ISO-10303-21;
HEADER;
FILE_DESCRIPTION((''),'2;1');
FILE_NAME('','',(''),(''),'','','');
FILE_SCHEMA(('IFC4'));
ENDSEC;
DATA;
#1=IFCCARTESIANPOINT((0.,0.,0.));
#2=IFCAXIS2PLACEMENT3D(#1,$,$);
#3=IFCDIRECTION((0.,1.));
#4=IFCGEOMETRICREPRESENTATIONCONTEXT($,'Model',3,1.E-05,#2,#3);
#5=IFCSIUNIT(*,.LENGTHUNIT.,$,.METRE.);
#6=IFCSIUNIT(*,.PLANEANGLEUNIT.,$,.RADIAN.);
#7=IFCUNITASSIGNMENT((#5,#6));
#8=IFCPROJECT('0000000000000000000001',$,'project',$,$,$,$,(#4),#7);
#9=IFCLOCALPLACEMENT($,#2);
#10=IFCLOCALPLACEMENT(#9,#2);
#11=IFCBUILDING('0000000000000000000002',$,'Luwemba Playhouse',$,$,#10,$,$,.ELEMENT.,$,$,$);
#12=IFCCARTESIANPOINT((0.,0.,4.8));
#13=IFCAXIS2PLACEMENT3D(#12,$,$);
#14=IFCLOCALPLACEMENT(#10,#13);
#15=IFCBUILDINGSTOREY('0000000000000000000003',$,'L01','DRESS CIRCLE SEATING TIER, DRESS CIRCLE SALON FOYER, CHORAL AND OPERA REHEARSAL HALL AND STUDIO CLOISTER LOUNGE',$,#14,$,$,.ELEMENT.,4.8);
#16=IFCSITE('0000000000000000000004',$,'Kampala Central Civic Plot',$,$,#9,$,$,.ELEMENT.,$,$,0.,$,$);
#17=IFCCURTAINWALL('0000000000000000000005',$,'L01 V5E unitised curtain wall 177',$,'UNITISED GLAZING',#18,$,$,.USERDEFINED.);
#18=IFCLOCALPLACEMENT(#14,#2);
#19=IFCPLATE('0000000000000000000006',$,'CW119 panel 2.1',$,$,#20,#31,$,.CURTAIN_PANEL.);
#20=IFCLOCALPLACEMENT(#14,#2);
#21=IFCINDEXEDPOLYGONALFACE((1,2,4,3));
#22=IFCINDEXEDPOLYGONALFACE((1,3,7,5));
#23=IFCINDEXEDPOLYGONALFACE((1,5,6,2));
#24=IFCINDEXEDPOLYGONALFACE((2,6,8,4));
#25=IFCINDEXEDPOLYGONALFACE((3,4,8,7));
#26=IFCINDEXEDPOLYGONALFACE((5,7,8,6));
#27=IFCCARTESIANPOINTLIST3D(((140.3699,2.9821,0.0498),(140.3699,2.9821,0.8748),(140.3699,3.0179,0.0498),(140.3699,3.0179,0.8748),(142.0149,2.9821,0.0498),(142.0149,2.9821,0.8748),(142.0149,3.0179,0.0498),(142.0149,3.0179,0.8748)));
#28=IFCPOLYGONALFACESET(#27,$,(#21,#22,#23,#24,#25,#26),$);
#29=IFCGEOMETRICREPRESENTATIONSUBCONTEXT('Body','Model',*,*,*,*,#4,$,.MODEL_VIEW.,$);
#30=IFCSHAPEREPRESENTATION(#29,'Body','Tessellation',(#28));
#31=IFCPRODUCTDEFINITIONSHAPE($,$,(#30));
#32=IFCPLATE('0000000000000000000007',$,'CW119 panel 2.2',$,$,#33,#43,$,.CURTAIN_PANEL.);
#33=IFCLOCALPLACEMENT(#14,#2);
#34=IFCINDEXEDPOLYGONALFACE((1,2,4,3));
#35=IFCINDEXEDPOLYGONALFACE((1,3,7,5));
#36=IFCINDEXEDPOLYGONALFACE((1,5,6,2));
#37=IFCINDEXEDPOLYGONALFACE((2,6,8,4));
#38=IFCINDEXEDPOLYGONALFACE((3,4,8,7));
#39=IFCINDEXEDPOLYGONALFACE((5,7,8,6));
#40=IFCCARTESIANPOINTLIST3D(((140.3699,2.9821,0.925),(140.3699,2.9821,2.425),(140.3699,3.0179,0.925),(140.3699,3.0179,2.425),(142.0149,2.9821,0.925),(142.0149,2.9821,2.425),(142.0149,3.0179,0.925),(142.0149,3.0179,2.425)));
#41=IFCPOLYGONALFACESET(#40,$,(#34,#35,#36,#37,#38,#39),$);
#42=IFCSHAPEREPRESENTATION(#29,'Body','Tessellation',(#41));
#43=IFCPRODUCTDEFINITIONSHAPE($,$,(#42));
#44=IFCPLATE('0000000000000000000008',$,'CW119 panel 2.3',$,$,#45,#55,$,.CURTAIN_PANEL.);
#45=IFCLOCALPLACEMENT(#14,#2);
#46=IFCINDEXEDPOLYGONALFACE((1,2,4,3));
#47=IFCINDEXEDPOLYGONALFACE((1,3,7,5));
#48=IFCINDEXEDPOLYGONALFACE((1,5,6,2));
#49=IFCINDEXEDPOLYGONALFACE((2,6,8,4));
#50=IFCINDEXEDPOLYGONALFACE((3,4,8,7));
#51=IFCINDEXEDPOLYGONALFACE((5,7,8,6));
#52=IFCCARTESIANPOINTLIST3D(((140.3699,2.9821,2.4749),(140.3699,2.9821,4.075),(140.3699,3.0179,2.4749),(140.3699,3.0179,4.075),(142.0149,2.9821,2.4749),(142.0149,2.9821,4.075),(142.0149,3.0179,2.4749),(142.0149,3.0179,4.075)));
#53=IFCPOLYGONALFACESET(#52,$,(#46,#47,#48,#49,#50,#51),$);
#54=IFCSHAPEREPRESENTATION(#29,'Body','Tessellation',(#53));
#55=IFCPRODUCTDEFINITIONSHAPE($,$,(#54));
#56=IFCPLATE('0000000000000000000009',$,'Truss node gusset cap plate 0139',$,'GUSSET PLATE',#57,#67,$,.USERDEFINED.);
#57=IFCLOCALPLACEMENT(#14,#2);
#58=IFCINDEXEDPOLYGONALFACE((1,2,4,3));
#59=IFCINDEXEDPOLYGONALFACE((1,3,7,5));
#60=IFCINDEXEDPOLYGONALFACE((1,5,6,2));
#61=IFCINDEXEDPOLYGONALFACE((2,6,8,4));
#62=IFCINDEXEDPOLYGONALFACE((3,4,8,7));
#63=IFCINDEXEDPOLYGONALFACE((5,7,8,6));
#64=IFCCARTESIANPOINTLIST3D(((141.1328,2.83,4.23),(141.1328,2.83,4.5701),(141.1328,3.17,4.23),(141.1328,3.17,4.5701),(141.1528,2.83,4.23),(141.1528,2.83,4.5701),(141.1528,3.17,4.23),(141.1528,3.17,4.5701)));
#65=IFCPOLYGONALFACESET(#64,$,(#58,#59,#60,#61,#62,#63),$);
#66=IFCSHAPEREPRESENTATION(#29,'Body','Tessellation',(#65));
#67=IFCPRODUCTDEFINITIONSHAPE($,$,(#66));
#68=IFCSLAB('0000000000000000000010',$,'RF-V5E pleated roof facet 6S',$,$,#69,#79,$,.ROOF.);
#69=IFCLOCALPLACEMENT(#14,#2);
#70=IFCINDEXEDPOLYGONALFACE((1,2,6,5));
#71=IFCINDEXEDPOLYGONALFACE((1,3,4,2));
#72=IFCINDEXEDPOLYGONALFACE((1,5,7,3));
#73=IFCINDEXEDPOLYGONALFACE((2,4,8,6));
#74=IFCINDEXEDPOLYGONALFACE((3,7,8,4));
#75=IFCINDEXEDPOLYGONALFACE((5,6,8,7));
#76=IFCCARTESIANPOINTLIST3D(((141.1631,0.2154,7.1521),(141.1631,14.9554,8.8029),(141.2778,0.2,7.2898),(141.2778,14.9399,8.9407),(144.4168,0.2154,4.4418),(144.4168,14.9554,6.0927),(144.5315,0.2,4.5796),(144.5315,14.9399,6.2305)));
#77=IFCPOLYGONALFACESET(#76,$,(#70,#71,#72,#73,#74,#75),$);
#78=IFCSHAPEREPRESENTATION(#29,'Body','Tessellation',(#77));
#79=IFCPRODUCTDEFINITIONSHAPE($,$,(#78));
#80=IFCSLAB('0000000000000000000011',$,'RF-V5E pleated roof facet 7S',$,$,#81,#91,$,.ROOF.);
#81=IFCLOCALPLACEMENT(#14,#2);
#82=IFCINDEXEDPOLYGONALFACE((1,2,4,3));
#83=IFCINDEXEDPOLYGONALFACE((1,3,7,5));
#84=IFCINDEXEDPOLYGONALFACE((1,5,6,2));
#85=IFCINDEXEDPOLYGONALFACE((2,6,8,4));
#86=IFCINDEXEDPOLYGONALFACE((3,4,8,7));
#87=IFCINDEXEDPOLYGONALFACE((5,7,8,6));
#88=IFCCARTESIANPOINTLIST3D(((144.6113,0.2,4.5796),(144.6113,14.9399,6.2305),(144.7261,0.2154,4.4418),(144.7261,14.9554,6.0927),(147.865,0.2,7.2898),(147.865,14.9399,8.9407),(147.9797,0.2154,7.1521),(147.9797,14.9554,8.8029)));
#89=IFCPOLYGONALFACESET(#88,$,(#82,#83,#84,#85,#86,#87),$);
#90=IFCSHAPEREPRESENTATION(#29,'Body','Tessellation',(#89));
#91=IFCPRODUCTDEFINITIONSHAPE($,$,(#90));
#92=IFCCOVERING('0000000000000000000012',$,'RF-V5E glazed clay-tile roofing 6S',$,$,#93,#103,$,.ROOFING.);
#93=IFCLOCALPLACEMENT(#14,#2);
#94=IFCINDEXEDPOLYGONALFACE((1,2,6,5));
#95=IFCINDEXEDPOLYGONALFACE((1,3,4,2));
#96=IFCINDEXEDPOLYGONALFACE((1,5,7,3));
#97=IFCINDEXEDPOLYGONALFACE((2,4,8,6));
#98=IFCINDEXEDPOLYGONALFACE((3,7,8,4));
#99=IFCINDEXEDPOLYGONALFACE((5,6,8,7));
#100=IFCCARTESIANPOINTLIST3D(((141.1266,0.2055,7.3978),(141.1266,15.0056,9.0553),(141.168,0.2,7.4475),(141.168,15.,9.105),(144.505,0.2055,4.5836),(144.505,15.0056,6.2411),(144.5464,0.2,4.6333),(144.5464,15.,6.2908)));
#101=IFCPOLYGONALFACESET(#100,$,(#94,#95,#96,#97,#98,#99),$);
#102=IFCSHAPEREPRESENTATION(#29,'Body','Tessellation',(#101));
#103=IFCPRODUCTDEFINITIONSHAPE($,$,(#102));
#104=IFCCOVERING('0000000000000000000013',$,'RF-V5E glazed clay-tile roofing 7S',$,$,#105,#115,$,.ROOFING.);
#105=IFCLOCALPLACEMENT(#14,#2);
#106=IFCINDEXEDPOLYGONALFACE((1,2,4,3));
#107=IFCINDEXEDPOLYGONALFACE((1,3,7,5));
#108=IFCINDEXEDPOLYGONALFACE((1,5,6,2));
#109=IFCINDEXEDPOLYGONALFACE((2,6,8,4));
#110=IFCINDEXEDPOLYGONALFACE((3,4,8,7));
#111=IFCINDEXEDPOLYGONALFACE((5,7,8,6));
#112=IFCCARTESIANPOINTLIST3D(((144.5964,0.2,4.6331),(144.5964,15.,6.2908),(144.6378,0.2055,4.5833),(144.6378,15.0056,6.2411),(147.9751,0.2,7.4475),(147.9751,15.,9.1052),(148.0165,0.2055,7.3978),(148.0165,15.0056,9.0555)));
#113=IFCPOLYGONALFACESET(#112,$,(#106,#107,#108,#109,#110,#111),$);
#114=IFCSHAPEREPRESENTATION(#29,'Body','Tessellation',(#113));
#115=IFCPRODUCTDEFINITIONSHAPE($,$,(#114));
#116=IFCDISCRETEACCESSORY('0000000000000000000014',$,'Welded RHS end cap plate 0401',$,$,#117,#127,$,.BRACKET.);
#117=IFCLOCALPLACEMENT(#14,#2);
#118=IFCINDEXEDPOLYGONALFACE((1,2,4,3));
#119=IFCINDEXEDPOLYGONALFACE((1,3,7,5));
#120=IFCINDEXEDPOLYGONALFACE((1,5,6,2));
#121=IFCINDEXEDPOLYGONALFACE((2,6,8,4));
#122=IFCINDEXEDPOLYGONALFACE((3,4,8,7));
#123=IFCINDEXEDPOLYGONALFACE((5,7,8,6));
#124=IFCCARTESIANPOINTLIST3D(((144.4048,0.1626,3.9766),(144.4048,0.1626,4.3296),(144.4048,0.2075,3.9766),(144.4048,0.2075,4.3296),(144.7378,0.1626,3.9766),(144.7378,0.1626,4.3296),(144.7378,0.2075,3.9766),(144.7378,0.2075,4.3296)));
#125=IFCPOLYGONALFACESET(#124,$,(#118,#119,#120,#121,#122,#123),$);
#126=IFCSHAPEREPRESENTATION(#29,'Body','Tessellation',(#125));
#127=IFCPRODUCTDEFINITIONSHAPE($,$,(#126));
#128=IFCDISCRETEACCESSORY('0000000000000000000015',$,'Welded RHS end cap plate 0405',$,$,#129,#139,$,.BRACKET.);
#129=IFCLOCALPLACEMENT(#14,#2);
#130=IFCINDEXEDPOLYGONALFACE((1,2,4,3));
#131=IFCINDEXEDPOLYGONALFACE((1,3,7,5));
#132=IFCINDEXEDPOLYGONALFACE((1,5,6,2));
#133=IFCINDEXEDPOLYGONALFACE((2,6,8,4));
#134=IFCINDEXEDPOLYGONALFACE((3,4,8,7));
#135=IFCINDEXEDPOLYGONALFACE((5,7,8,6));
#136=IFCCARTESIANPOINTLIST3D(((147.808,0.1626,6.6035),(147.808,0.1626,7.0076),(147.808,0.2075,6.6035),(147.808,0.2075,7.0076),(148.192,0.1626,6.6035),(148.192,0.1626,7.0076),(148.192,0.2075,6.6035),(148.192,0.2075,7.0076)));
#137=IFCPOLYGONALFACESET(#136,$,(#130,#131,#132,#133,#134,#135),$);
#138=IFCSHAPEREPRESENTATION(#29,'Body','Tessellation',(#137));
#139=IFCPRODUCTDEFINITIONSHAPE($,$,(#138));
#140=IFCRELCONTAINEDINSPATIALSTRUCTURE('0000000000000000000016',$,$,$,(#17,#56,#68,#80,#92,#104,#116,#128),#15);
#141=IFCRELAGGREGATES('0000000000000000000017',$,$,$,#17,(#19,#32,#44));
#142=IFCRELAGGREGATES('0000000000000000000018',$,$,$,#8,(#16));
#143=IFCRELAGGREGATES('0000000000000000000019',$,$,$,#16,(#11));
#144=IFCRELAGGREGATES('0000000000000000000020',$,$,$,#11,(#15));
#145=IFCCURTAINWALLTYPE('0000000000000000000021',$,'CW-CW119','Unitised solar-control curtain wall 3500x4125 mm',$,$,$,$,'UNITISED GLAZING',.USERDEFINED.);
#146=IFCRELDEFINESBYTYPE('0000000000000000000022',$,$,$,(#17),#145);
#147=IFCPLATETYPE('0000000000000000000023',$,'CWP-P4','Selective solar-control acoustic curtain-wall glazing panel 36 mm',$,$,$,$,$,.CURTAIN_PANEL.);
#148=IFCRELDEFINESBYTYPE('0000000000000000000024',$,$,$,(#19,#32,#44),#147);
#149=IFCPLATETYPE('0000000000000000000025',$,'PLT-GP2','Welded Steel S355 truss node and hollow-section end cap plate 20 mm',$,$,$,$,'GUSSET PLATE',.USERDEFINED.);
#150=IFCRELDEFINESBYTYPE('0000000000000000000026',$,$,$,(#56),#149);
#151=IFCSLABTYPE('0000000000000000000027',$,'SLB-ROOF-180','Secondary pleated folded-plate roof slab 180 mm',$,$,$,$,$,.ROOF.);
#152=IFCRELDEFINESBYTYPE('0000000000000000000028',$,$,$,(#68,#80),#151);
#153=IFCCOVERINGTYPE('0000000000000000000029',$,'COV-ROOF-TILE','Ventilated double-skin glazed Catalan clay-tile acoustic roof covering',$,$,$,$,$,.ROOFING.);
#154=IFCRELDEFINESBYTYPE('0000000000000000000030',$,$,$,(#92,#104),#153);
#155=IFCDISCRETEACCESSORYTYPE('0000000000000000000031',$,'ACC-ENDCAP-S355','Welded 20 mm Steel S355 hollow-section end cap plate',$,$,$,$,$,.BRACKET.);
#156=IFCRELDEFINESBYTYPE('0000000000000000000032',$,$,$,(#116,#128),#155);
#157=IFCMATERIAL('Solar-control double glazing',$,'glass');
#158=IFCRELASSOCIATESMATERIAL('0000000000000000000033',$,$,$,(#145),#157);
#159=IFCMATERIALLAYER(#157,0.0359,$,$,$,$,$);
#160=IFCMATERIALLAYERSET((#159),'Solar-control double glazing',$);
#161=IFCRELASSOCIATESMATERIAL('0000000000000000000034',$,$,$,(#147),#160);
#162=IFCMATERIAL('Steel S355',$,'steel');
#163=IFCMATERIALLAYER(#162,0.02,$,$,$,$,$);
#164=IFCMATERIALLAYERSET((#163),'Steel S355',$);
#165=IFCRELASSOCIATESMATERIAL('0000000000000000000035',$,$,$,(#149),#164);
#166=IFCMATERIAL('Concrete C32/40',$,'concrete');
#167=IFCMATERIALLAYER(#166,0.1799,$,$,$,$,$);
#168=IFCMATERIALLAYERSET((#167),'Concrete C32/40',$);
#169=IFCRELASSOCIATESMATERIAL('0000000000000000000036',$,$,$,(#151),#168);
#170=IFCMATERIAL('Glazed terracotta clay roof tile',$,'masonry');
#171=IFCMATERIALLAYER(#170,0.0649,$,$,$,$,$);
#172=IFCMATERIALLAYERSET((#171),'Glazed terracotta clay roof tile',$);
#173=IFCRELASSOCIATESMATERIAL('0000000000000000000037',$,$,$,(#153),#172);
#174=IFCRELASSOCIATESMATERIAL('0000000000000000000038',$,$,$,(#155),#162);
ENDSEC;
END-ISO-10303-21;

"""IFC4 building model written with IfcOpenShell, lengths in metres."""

from ifc_helpers import new_model, si_unit, direction, frame, origin, origin_2d, place, context, subcontext, project, spatial, polyline, rectangle, outline, extrude, material, layer, layer_set, type_object, element, aggregate, save


model = new_model("IFC4")

# Units and contexts
model_context = context("Model", 3, precision=1e-05, world=origin(), true_north=direction((0.0, 1.0)))
body_context = subcontext(model_context, "Body", "Model", "MODEL_VIEW")
ifc_project = project(units=[si_unit("LENGTHUNIT", "METRE"), si_unit("PLANEANGLEUNIT", "RADIAN")], contexts=[model_context])

# Site, building, storey
site_placement = place(None, origin())
site = spatial("IfcSite", under=ifc_project, at=site_placement, Name="Kampala Central Civic Plot", CompositionType="ELEMENT", RefElevation=0.0)
building_placement = place(site_placement, origin())
building = spatial("IfcBuilding", under=site, at=building_placement, Name="Luwemba Playhouse", CompositionType="ELEMENT")
storey_placement = place(building_placement, frame((0.0, 0.0, 4.8)))
storey = spatial("IfcBuildingStorey", under=building, at=storey_placement, Name="L01", Description="DRESS CIRCLE SEATING TIER, DRESS CIRCLE SALON FOYER, CHORAL AND OPERA REHEARSAL HALL AND STUDIO CLOISTER LOUNGE", CompositionType="ELEMENT", Elevation=4.8)

# Shared definitions
ifc_material_1 = material(Name="Steel S355", Category="steel")

# Shared definitions
ifc_material_2 = material(Name="Solar-control double glazing", Category="glass")

# Curtain wall
curtain_wall_type_1 = type_object("IfcCurtainWallType", Name="CW-CW119", Description="Unitised solar-control curtain wall 3500x4125 mm", ElementType="UNITISED GLAZING", PredefinedType="USERDEFINED", material=ifc_material_2)
curtain_wall_1_placement = place(storey_placement, origin())
curtain_wall_1 = element("IfcCurtainWall", 1, at=curtain_wall_1_placement, inside=storey, type_object=curtain_wall_type_1, Name="L01 V5E unitised curtain wall 177", ObjectType="UNITISED GLAZING", PredefinedType="USERDEFINED")

# Plates
ifc_layer_1 = layer(ifc_material_2, 0.0359)
ifc_layer_set_1 = layer_set([ifc_layer_1], Name="Solar-control double glazing")
plate_type_1 = type_object("IfcPlateType", Name="CWP-P4", Description="Selective solar-control acoustic curtain-wall glazing panel 36 mm", PredefinedType="CURTAIN_PANEL", material=ifc_layer_set_1)
plate_1_placement = place(storey_placement, frame((141.1924, 3.0, 0.0498), z_axis=(0.0, 0.0, 1.0), x_axis=(-1.0, 0.0, 0.0)))
plate_1 = element("IfcPlate", 2, at=plate_1_placement, type_object=plate_type_1, Name="CW119 panel 2.1", PredefinedType="CURTAIN_PANEL", context=body_context, shape_type="SweptSolid", body=[
    extrude(rectangle(XDim=1.645, YDim=0.0359, at=origin_2d()), origin(), (0.0, 0.0, 1.0), 0.825),
])
plate_2_placement = place(storey_placement, frame((141.1924, 3.0, 0.925), z_axis=(0.0, 0.0, 1.0), x_axis=(-1.0, 0.0, 0.0)))
plate_2 = element("IfcPlate", 3, at=plate_2_placement, type_object=plate_type_1, Name="CW119 panel 2.2", PredefinedType="CURTAIN_PANEL", context=body_context, shape_type="SweptSolid", body=[
    extrude(rectangle(XDim=1.645, YDim=0.0359, at=origin_2d()), origin(), (0.0, 0.0, 1.0), 1.5),
])
plate_3_placement = place(storey_placement, frame((141.1924, 3.0, 2.4749), z_axis=(0.0, 0.0, 1.0), x_axis=(-1.0, 0.0, 0.0)))
plate_3 = element("IfcPlate", 4, at=plate_3_placement, type_object=plate_type_1, Name="CW119 panel 2.3", PredefinedType="CURTAIN_PANEL", context=body_context, shape_type="SweptSolid", body=[
    extrude(rectangle(XDim=1.645, YDim=0.0359, at=origin_2d()), origin(), (0.0, 0.0, 1.0), 1.6001),
])
aggregate(curtain_wall_1, [plate_1, plate_2, plate_3])
ifc_layer_2 = layer(ifc_material_1, 0.02)
ifc_layer_set_2 = layer_set([ifc_layer_2], Name="Steel S355")
plate_type_2 = type_object("IfcPlateType", Name="PLT-GP2", Description="Welded Steel S355 truss node and hollow-section end cap plate 20 mm", ElementType="GUSSET PLATE", PredefinedType="USERDEFINED", material=ifc_layer_set_2)
plate_4_placement = place(storey_placement, frame((141.1428, 3.0, 4.23), z_axis=(0.0, 0.0, 1.0), x_axis=(1.0, 0.0, 0.0)))
element("IfcPlate", 5, at=plate_4_placement, inside=storey, type_object=plate_type_2, Name="Truss node gusset cap plate 0139", ObjectType="GUSSET PLATE", PredefinedType="USERDEFINED", context=body_context, shape_type="SweptSolid", body=[
    extrude(rectangle(XDim=0.02, YDim=0.3401, at=origin_2d()), origin(), (0.0, 0.0, 1.0), 0.3401),
])

# Slabs
ifc_material_3 = material(Name="Concrete C32/40", Category="concrete")
ifc_layer_3 = layer(ifc_material_3, 0.1799)
ifc_layer_set_3 = layer_set([ifc_layer_3], Name="Concrete C32/40")
slab_type = type_object("IfcSlabType", Name="SLB-ROOF-180", Description="Secondary pleated folded-plate roof slab 180 mm", PredefinedType="ROOF", material=ifc_layer_set_3)
slab_1_placement = place(storey_placement, frame((141.2778, 0.2, 7.2898), z_axis=(0.637663, -0.085739, 0.765529), x_axis=(0.768358, 0.0, -0.64002)))
element("IfcSlab", 6, at=slab_1_placement, inside=storey, type_object=slab_type, Name="RF-V5E pleated roof facet 6S", PredefinedType="ROOF", context=body_context, shape_type="SweptSolid", body=[
    extrude(outline(polyline([(0.0, 0.0), (4.2346, 0.0), (3.178, 14.7945), (-1.0566, 14.7945), (0.0, 0.0)])), origin(), (0.0, 0.0, -1.0), 0.1799),
])
slab_2_placement = place(storey_placement, frame((144.6113, 0.2, 4.5796), z_axis=(-0.637663, -0.085739, 0.765529), x_axis=(0.768358, 0.0, 0.64002)))
element("IfcSlab", 7, at=slab_2_placement, inside=storey, type_object=slab_type, Name="RF-V5E pleated roof facet 7S", PredefinedType="ROOF", context=body_context, shape_type="SweptSolid", body=[
    extrude(outline(polyline([(0.0, 0.0), (4.2346, 0.0), (5.2912, 14.7945), (1.0566, 14.7945), (0.0, 0.0)])), origin(), (0.0, 0.0, -1.0), 0.1799),
])

# Coverings
ifc_material_4 = material(Name="Glazed terracotta clay roof tile", Category="masonry")
ifc_layer_4 = layer(ifc_material_4, 0.0649)
ifc_layer_set_4 = layer_set([ifc_layer_4], Name="Glazed terracotta clay roof tile")
covering_type = type_object("IfcCoveringType", Name="COV-ROOF-TILE", Description="Ventilated double-skin glazed Catalan clay-tile acoustic roof covering", PredefinedType="ROOFING", material=ifc_layer_set_4)
covering_1_placement = place(storey_placement, frame((141.168, 0.2, 7.4475), z_axis=(0.637675, -0.085731, 0.76552), x_axis=(0.768349, 0.0, -0.640031)))
element("IfcCovering", 8, at=covering_1_placement, inside=storey, type_object=covering_type, Name="RF-V5E glazed clay-tile roofing 6S", PredefinedType="ROOFING", context=body_context, shape_type="SweptSolid", body=[
    extrude(outline(polyline([(0.0, 0.0), (4.397, 0.0), (3.3362, 14.8547), (-1.0608, 14.8547), (0.0, 0.0)])), origin(), (0.0, 0.0, -1.0), 0.0649),
])
covering_2_placement = place(storey_placement, frame((144.5964, 0.2, 4.6331), z_axis=(-0.63768, -0.085743, 0.765515), x_axis=(0.768344, 0.0, 0.640037)))
element("IfcCovering", 9, at=covering_2_placement, inside=storey, type_object=covering_type, Name="RF-V5E glazed clay-tile roofing 7S", PredefinedType="ROOFING", context=body_context, shape_type="SweptSolid", body=[
    extrude(outline(polyline([(0.0, 0.0), (4.3973, 0.0), (5.4583, 14.8548), (1.061, 14.8548), (0.0, 0.0)])), origin(), (0.0, 0.0, -1.0), 0.0649),
])

# Discrete accessories
discrete_accessory_type = type_object("IfcDiscreteAccessoryType", Name="ACC-ENDCAP-S355", Description="Welded 20 mm Steel S355 hollow-section end cap plate", PredefinedType="BRACKET", material=ifc_material_1)
discrete_accessory_1_placement = place(storey_placement, frame((144.5713, 0.1851, 3.9766), z_axis=(0.0, 0.0, 1.0), x_axis=(1.0, 0.0, 0.0)))
element("IfcDiscreteAccessory", 10, at=discrete_accessory_1_placement, inside=storey, type_object=discrete_accessory_type, Name="Welded RHS end cap plate 0401", PredefinedType="BRACKET", context=body_context, shape_type="SweptSolid", body=[
    extrude(rectangle(XDim=0.333, YDim=0.0449, at=origin_2d()), origin(), (0.0, 0.0, 1.0), 0.353),
])
discrete_accessory_2_placement = place(storey_placement, frame((148.0, 0.1851, 6.6035), z_axis=(0.0, 0.0, 1.0), x_axis=(1.0, 0.0, 0.0)))
element("IfcDiscreteAccessory", 11, at=discrete_accessory_2_placement, inside=storey, type_object=discrete_accessory_type, Name="Welded RHS end cap plate 0405", PredefinedType="BRACKET", context=body_context, shape_type="SweptSolid", body=[
    extrude(rectangle(XDim=0.384, YDim=0.0449, at=origin_2d()), origin(), (0.0, 0.0, 1.0), 0.4041),
])

save(model, "model.ifc")
